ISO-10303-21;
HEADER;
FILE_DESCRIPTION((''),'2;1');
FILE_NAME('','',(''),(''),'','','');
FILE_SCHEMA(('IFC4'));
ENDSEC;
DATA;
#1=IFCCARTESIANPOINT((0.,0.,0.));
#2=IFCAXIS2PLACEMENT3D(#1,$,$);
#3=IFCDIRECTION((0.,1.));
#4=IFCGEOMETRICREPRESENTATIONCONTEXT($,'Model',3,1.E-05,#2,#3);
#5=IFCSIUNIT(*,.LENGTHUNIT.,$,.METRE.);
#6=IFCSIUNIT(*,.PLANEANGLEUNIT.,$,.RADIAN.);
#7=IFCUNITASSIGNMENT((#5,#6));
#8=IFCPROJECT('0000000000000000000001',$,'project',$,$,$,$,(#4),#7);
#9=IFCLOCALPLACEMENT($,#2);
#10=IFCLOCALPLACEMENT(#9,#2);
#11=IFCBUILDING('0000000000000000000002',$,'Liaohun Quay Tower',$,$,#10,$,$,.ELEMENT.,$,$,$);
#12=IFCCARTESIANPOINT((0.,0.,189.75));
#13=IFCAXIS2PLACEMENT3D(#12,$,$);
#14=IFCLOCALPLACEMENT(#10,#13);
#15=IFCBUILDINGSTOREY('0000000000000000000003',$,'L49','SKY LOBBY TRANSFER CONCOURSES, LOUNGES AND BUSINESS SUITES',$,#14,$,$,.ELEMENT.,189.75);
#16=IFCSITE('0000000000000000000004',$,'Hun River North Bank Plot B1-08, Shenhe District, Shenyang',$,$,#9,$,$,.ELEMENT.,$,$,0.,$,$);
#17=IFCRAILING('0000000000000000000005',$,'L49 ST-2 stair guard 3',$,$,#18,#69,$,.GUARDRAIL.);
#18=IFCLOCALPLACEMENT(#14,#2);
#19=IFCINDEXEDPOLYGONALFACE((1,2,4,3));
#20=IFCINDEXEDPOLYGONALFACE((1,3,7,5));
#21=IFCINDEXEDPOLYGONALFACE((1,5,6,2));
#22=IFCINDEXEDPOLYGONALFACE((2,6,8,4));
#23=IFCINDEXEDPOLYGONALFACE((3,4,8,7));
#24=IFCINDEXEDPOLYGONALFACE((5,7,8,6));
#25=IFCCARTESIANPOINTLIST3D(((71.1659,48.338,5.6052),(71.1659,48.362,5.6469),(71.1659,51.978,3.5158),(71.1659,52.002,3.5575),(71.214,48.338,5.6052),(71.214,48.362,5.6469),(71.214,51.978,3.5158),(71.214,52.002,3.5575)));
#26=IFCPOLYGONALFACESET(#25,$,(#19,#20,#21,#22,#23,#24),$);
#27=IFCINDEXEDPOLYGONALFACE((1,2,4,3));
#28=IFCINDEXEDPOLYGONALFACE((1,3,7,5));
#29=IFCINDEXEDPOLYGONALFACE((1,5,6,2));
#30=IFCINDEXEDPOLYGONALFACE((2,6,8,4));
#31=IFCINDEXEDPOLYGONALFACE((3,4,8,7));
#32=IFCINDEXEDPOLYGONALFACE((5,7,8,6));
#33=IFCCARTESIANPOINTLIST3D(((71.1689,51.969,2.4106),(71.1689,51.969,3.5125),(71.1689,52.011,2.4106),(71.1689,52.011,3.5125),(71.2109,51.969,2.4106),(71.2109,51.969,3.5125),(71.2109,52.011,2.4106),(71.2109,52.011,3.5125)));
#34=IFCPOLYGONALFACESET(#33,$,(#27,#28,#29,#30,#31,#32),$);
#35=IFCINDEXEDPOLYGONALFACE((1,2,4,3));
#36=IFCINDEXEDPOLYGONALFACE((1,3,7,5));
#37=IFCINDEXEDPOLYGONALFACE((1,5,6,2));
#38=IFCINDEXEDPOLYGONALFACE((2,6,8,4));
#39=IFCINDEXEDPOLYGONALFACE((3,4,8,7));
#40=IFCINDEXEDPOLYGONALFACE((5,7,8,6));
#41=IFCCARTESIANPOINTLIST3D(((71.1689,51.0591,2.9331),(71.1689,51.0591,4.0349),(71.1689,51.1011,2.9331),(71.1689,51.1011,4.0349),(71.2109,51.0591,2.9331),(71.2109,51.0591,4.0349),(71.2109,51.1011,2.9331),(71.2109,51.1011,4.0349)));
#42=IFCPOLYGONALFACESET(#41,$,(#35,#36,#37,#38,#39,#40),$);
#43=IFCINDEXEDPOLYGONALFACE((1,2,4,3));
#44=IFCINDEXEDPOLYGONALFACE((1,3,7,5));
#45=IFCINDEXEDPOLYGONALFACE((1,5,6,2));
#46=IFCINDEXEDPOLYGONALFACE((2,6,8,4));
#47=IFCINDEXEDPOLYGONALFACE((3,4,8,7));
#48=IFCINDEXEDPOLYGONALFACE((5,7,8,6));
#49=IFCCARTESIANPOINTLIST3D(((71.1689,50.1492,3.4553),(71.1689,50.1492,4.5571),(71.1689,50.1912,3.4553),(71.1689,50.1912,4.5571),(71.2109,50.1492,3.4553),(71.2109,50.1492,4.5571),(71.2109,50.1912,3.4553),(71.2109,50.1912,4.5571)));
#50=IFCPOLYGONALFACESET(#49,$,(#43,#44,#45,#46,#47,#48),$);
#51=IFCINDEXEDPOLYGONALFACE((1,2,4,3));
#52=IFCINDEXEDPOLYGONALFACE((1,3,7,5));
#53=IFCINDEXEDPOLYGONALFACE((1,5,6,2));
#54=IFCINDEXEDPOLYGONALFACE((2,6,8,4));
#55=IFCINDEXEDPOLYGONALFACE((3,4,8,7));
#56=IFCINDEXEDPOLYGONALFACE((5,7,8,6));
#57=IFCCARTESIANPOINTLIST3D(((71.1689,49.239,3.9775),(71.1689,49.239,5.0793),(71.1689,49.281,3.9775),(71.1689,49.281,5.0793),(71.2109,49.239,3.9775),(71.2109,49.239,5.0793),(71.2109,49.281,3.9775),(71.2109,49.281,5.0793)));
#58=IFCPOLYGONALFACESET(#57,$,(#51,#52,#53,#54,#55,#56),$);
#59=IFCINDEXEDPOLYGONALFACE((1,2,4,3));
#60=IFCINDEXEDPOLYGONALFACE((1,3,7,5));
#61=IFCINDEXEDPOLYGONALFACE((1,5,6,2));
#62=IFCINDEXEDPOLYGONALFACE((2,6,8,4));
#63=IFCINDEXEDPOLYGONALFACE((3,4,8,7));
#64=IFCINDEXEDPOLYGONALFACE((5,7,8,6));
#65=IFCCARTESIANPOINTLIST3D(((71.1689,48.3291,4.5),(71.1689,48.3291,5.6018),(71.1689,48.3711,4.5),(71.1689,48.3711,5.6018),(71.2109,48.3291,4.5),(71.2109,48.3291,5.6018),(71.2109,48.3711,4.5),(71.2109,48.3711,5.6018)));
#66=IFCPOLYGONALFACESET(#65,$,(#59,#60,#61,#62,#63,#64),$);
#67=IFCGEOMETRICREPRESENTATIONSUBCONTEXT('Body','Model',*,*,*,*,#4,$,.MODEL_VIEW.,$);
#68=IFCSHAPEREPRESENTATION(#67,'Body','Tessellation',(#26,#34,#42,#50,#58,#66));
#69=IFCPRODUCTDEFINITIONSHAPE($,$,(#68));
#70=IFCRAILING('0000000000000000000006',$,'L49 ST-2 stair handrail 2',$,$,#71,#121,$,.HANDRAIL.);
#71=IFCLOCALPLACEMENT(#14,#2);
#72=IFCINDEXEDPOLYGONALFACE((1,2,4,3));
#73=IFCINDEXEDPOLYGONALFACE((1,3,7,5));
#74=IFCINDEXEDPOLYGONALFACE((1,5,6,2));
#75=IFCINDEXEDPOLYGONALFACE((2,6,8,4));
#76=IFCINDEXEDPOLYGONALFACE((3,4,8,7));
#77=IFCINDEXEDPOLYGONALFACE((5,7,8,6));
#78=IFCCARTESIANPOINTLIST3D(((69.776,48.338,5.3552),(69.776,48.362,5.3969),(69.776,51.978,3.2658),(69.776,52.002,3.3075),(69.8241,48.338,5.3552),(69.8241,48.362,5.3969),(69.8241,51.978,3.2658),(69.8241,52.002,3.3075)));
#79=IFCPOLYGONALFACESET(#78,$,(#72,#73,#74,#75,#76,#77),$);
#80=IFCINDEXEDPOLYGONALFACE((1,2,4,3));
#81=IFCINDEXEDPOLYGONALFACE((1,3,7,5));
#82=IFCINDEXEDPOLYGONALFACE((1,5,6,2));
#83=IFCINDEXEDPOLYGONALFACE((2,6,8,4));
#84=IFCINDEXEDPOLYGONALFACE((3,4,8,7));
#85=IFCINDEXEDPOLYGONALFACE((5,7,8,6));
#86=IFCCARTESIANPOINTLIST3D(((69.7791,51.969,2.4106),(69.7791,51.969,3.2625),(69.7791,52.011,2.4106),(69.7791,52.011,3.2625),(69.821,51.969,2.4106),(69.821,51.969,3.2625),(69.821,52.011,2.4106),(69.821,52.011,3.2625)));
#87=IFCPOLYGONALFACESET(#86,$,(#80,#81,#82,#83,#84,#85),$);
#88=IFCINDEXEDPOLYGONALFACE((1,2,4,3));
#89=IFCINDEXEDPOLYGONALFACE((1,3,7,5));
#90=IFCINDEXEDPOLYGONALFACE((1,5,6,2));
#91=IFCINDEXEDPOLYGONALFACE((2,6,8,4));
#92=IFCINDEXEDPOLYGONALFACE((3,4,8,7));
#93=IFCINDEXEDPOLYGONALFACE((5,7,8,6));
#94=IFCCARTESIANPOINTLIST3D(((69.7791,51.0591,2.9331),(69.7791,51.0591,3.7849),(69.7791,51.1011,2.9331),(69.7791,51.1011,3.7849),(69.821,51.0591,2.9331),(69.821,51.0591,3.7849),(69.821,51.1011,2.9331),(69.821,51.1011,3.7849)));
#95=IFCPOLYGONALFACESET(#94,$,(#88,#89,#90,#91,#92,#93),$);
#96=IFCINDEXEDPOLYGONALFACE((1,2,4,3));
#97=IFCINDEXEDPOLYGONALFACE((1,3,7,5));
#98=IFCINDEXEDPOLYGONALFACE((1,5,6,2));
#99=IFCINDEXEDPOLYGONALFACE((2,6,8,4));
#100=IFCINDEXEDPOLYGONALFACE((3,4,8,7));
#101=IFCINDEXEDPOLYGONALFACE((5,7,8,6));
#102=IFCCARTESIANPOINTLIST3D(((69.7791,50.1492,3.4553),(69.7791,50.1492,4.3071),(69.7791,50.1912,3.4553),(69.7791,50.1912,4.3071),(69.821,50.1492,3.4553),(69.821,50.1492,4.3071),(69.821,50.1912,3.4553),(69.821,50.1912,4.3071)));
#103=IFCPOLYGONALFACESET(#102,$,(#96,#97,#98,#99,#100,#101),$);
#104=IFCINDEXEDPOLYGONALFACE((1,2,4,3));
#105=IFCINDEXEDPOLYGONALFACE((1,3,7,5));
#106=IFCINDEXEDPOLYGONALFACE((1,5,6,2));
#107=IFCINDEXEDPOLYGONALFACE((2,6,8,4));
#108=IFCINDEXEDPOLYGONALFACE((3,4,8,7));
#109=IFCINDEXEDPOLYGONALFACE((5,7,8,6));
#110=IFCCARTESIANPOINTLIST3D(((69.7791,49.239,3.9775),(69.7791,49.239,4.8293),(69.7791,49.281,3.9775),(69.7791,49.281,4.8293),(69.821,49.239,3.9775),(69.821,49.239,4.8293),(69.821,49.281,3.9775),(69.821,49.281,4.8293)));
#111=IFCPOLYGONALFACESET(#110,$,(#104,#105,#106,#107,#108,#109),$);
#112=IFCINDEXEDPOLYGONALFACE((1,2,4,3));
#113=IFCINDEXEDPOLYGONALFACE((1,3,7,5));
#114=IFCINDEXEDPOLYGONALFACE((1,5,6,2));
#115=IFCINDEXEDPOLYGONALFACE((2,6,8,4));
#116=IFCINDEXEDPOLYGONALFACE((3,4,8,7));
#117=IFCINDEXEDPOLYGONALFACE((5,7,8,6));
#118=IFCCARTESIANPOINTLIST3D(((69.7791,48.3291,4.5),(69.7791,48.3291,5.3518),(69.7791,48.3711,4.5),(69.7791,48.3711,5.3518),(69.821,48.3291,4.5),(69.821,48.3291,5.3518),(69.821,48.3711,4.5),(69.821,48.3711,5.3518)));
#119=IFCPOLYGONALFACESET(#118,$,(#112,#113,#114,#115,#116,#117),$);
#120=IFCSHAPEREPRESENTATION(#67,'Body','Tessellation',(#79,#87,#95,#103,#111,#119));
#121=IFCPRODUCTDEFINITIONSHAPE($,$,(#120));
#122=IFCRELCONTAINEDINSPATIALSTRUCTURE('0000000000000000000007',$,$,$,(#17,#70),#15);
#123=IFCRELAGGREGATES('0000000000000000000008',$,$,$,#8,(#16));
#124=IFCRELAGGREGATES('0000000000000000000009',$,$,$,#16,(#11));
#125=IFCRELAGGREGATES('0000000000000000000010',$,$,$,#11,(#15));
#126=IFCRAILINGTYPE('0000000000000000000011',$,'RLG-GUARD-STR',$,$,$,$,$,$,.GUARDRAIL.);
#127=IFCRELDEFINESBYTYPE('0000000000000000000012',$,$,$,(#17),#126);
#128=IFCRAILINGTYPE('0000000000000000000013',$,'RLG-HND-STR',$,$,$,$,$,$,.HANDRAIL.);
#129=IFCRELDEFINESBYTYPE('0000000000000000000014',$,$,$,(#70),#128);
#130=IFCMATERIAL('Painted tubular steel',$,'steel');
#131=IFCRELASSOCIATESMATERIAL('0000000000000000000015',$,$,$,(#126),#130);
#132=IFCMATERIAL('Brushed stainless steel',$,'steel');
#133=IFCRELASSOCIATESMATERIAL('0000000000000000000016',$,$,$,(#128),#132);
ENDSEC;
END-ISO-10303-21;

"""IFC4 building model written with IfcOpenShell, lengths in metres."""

from ifc_helpers import new_model, si_unit, direction, frame, origin, origin_2d, place, context, subcontext, project, spatial, rectangle, extrude, material, type_object, element, save


model = new_model("IFC4")

# Units and contexts
model_context = context("Model", 3, precision=1e-05, world=origin(), true_north=direction((0.0, 1.0)))
body_context = subcontext(model_context, "Body", "Model", "MODEL_VIEW")
ifc_project = project(units=[si_unit("LENGTHUNIT", "METRE"), si_unit("PLANEANGLEUNIT", "RADIAN")], contexts=[model_context])

# Site, building, storey
site_placement = place(None, origin())
site = spatial("IfcSite", under=ifc_project, at=site_placement, Name="Hun River North Bank Plot B1-08, Shenhe District, Shenyang", CompositionType="ELEMENT", RefElevation=0.0)
building_placement = place(site_placement, origin())
building = spatial("IfcBuilding", under=site, at=building_placement, Name="Liaohun Quay Tower", CompositionType="ELEMENT")
storey_placement = place(building_placement, frame((0.0, 0.0, 189.75)))
storey = spatial("IfcBuildingStorey", under=building, at=storey_placement, Name="L49", Description="SKY LOBBY TRANSFER CONCOURSES, LOUNGES AND BUSINESS SUITES", CompositionType="ELEMENT", Elevation=189.75)

# Railings
ifc_material_1 = material(Name="Painted tubular steel", Category="steel")
railing_type_1 = type_object("IfcRailingType", Name="RLG-GUARD-STR", PredefinedType="GUARDRAIL", material=ifc_material_1)
railing_1_placement = place(storey_placement, frame((71.1899, 51.99, 2.4106)))
element("IfcRailing", 1, at=railing_1_placement, inside=storey, type_object=railing_type_1, Name="L49 ST-2 stair guard 3", PredefinedType="GUARDRAIL", context=body_context, shape_type="SweptSolid", body=[
    extrude(rectangle(XDim=0.0481, YDim=0.0481, at=origin_2d()), frame((0.0, 0.0, 1.126), z_axis=(0.0, -0.867275, 0.497829), x_axis=(1.0, 0.0, 0.0)), (0.0, 0.0, 1.0), 4.197),
    extrude(rectangle(XDim=0.042, YDim=0.042, at=origin_2d()), origin(), (0.0, 0.0, 1.0), 1.1018),
    extrude(rectangle(XDim=0.042, YDim=0.042, at=origin_2d()), frame((0.0, -0.9099, 0.5225)), (0.0, 0.0, 1.0), 1.1018),
    extrude(rectangle(XDim=0.042, YDim=0.042, at=origin_2d()), frame((0.0, -1.8198, 1.0447)), (0.0, 0.0, 1.0), 1.1018),
    extrude(rectangle(XDim=0.042, YDim=0.042, at=origin_2d()), frame((0.0, -2.73, 1.5669)), (0.0, 0.0, 1.0), 1.1018),
    extrude(rectangle(XDim=0.042, YDim=0.042, at=origin_2d()), frame((0.0, -3.6399, 2.0894)), (0.0, 0.0, 1.0), 1.1018),
])
ifc_material_2 = material(Name="Brushed stainless steel", Category="steel")
railing_type_2 = type_object("IfcRailingType", Name="RLG-HND-STR", PredefinedType="HANDRAIL", material=ifc_material_2)
railing_2_placement = place(storey_placement, frame((69.8, 51.99, 2.4106)))
element("IfcRailing", 2, at=railing_2_placement, inside=storey, type_object=railing_type_2, Name="L49 ST-2 stair handrail 2", PredefinedType="HANDRAIL", context=body_context, shape_type="SweptSolid", body=[
    extrude(rectangle(XDim=0.0481, YDim=0.0481, at=origin_2d()), frame((0.0, 0.0, 0.876), z_axis=(0.0, -0.867275, 0.497829), x_axis=(1.0, 0.0, 0.0)), (0.0, 0.0, 1.0), 4.197),
    extrude(rectangle(XDim=0.042, YDim=0.042, at=origin_2d()), origin(), (0.0, 0.0, 1.0), 0.8518),
    extrude(rectangle(XDim=0.042, YDim=0.042, at=origin_2d()), frame((0.0, -0.9099, 0.5225)), (0.0, 0.0, 1.0), 0.8518),
    extrude(rectangle(XDim=0.042, YDim=0.042, at=origin_2d()), frame((0.0, -1.8198, 1.0447)), (0.0, 0.0, 1.0), 0.8518),
    extrude(rectangle(XDim=0.042, YDim=0.042, at=origin_2d()), frame((0.0, -2.73, 1.5669)), (0.0, 0.0, 1.0), 0.8518),
    extrude(rectangle(XDim=0.042, YDim=0.042, at=origin_2d()), frame((0.0, -3.6399, 2.0894)), (0.0, 0.0, 1.0), 0.8518),
])

save(model, "model.ifc")
